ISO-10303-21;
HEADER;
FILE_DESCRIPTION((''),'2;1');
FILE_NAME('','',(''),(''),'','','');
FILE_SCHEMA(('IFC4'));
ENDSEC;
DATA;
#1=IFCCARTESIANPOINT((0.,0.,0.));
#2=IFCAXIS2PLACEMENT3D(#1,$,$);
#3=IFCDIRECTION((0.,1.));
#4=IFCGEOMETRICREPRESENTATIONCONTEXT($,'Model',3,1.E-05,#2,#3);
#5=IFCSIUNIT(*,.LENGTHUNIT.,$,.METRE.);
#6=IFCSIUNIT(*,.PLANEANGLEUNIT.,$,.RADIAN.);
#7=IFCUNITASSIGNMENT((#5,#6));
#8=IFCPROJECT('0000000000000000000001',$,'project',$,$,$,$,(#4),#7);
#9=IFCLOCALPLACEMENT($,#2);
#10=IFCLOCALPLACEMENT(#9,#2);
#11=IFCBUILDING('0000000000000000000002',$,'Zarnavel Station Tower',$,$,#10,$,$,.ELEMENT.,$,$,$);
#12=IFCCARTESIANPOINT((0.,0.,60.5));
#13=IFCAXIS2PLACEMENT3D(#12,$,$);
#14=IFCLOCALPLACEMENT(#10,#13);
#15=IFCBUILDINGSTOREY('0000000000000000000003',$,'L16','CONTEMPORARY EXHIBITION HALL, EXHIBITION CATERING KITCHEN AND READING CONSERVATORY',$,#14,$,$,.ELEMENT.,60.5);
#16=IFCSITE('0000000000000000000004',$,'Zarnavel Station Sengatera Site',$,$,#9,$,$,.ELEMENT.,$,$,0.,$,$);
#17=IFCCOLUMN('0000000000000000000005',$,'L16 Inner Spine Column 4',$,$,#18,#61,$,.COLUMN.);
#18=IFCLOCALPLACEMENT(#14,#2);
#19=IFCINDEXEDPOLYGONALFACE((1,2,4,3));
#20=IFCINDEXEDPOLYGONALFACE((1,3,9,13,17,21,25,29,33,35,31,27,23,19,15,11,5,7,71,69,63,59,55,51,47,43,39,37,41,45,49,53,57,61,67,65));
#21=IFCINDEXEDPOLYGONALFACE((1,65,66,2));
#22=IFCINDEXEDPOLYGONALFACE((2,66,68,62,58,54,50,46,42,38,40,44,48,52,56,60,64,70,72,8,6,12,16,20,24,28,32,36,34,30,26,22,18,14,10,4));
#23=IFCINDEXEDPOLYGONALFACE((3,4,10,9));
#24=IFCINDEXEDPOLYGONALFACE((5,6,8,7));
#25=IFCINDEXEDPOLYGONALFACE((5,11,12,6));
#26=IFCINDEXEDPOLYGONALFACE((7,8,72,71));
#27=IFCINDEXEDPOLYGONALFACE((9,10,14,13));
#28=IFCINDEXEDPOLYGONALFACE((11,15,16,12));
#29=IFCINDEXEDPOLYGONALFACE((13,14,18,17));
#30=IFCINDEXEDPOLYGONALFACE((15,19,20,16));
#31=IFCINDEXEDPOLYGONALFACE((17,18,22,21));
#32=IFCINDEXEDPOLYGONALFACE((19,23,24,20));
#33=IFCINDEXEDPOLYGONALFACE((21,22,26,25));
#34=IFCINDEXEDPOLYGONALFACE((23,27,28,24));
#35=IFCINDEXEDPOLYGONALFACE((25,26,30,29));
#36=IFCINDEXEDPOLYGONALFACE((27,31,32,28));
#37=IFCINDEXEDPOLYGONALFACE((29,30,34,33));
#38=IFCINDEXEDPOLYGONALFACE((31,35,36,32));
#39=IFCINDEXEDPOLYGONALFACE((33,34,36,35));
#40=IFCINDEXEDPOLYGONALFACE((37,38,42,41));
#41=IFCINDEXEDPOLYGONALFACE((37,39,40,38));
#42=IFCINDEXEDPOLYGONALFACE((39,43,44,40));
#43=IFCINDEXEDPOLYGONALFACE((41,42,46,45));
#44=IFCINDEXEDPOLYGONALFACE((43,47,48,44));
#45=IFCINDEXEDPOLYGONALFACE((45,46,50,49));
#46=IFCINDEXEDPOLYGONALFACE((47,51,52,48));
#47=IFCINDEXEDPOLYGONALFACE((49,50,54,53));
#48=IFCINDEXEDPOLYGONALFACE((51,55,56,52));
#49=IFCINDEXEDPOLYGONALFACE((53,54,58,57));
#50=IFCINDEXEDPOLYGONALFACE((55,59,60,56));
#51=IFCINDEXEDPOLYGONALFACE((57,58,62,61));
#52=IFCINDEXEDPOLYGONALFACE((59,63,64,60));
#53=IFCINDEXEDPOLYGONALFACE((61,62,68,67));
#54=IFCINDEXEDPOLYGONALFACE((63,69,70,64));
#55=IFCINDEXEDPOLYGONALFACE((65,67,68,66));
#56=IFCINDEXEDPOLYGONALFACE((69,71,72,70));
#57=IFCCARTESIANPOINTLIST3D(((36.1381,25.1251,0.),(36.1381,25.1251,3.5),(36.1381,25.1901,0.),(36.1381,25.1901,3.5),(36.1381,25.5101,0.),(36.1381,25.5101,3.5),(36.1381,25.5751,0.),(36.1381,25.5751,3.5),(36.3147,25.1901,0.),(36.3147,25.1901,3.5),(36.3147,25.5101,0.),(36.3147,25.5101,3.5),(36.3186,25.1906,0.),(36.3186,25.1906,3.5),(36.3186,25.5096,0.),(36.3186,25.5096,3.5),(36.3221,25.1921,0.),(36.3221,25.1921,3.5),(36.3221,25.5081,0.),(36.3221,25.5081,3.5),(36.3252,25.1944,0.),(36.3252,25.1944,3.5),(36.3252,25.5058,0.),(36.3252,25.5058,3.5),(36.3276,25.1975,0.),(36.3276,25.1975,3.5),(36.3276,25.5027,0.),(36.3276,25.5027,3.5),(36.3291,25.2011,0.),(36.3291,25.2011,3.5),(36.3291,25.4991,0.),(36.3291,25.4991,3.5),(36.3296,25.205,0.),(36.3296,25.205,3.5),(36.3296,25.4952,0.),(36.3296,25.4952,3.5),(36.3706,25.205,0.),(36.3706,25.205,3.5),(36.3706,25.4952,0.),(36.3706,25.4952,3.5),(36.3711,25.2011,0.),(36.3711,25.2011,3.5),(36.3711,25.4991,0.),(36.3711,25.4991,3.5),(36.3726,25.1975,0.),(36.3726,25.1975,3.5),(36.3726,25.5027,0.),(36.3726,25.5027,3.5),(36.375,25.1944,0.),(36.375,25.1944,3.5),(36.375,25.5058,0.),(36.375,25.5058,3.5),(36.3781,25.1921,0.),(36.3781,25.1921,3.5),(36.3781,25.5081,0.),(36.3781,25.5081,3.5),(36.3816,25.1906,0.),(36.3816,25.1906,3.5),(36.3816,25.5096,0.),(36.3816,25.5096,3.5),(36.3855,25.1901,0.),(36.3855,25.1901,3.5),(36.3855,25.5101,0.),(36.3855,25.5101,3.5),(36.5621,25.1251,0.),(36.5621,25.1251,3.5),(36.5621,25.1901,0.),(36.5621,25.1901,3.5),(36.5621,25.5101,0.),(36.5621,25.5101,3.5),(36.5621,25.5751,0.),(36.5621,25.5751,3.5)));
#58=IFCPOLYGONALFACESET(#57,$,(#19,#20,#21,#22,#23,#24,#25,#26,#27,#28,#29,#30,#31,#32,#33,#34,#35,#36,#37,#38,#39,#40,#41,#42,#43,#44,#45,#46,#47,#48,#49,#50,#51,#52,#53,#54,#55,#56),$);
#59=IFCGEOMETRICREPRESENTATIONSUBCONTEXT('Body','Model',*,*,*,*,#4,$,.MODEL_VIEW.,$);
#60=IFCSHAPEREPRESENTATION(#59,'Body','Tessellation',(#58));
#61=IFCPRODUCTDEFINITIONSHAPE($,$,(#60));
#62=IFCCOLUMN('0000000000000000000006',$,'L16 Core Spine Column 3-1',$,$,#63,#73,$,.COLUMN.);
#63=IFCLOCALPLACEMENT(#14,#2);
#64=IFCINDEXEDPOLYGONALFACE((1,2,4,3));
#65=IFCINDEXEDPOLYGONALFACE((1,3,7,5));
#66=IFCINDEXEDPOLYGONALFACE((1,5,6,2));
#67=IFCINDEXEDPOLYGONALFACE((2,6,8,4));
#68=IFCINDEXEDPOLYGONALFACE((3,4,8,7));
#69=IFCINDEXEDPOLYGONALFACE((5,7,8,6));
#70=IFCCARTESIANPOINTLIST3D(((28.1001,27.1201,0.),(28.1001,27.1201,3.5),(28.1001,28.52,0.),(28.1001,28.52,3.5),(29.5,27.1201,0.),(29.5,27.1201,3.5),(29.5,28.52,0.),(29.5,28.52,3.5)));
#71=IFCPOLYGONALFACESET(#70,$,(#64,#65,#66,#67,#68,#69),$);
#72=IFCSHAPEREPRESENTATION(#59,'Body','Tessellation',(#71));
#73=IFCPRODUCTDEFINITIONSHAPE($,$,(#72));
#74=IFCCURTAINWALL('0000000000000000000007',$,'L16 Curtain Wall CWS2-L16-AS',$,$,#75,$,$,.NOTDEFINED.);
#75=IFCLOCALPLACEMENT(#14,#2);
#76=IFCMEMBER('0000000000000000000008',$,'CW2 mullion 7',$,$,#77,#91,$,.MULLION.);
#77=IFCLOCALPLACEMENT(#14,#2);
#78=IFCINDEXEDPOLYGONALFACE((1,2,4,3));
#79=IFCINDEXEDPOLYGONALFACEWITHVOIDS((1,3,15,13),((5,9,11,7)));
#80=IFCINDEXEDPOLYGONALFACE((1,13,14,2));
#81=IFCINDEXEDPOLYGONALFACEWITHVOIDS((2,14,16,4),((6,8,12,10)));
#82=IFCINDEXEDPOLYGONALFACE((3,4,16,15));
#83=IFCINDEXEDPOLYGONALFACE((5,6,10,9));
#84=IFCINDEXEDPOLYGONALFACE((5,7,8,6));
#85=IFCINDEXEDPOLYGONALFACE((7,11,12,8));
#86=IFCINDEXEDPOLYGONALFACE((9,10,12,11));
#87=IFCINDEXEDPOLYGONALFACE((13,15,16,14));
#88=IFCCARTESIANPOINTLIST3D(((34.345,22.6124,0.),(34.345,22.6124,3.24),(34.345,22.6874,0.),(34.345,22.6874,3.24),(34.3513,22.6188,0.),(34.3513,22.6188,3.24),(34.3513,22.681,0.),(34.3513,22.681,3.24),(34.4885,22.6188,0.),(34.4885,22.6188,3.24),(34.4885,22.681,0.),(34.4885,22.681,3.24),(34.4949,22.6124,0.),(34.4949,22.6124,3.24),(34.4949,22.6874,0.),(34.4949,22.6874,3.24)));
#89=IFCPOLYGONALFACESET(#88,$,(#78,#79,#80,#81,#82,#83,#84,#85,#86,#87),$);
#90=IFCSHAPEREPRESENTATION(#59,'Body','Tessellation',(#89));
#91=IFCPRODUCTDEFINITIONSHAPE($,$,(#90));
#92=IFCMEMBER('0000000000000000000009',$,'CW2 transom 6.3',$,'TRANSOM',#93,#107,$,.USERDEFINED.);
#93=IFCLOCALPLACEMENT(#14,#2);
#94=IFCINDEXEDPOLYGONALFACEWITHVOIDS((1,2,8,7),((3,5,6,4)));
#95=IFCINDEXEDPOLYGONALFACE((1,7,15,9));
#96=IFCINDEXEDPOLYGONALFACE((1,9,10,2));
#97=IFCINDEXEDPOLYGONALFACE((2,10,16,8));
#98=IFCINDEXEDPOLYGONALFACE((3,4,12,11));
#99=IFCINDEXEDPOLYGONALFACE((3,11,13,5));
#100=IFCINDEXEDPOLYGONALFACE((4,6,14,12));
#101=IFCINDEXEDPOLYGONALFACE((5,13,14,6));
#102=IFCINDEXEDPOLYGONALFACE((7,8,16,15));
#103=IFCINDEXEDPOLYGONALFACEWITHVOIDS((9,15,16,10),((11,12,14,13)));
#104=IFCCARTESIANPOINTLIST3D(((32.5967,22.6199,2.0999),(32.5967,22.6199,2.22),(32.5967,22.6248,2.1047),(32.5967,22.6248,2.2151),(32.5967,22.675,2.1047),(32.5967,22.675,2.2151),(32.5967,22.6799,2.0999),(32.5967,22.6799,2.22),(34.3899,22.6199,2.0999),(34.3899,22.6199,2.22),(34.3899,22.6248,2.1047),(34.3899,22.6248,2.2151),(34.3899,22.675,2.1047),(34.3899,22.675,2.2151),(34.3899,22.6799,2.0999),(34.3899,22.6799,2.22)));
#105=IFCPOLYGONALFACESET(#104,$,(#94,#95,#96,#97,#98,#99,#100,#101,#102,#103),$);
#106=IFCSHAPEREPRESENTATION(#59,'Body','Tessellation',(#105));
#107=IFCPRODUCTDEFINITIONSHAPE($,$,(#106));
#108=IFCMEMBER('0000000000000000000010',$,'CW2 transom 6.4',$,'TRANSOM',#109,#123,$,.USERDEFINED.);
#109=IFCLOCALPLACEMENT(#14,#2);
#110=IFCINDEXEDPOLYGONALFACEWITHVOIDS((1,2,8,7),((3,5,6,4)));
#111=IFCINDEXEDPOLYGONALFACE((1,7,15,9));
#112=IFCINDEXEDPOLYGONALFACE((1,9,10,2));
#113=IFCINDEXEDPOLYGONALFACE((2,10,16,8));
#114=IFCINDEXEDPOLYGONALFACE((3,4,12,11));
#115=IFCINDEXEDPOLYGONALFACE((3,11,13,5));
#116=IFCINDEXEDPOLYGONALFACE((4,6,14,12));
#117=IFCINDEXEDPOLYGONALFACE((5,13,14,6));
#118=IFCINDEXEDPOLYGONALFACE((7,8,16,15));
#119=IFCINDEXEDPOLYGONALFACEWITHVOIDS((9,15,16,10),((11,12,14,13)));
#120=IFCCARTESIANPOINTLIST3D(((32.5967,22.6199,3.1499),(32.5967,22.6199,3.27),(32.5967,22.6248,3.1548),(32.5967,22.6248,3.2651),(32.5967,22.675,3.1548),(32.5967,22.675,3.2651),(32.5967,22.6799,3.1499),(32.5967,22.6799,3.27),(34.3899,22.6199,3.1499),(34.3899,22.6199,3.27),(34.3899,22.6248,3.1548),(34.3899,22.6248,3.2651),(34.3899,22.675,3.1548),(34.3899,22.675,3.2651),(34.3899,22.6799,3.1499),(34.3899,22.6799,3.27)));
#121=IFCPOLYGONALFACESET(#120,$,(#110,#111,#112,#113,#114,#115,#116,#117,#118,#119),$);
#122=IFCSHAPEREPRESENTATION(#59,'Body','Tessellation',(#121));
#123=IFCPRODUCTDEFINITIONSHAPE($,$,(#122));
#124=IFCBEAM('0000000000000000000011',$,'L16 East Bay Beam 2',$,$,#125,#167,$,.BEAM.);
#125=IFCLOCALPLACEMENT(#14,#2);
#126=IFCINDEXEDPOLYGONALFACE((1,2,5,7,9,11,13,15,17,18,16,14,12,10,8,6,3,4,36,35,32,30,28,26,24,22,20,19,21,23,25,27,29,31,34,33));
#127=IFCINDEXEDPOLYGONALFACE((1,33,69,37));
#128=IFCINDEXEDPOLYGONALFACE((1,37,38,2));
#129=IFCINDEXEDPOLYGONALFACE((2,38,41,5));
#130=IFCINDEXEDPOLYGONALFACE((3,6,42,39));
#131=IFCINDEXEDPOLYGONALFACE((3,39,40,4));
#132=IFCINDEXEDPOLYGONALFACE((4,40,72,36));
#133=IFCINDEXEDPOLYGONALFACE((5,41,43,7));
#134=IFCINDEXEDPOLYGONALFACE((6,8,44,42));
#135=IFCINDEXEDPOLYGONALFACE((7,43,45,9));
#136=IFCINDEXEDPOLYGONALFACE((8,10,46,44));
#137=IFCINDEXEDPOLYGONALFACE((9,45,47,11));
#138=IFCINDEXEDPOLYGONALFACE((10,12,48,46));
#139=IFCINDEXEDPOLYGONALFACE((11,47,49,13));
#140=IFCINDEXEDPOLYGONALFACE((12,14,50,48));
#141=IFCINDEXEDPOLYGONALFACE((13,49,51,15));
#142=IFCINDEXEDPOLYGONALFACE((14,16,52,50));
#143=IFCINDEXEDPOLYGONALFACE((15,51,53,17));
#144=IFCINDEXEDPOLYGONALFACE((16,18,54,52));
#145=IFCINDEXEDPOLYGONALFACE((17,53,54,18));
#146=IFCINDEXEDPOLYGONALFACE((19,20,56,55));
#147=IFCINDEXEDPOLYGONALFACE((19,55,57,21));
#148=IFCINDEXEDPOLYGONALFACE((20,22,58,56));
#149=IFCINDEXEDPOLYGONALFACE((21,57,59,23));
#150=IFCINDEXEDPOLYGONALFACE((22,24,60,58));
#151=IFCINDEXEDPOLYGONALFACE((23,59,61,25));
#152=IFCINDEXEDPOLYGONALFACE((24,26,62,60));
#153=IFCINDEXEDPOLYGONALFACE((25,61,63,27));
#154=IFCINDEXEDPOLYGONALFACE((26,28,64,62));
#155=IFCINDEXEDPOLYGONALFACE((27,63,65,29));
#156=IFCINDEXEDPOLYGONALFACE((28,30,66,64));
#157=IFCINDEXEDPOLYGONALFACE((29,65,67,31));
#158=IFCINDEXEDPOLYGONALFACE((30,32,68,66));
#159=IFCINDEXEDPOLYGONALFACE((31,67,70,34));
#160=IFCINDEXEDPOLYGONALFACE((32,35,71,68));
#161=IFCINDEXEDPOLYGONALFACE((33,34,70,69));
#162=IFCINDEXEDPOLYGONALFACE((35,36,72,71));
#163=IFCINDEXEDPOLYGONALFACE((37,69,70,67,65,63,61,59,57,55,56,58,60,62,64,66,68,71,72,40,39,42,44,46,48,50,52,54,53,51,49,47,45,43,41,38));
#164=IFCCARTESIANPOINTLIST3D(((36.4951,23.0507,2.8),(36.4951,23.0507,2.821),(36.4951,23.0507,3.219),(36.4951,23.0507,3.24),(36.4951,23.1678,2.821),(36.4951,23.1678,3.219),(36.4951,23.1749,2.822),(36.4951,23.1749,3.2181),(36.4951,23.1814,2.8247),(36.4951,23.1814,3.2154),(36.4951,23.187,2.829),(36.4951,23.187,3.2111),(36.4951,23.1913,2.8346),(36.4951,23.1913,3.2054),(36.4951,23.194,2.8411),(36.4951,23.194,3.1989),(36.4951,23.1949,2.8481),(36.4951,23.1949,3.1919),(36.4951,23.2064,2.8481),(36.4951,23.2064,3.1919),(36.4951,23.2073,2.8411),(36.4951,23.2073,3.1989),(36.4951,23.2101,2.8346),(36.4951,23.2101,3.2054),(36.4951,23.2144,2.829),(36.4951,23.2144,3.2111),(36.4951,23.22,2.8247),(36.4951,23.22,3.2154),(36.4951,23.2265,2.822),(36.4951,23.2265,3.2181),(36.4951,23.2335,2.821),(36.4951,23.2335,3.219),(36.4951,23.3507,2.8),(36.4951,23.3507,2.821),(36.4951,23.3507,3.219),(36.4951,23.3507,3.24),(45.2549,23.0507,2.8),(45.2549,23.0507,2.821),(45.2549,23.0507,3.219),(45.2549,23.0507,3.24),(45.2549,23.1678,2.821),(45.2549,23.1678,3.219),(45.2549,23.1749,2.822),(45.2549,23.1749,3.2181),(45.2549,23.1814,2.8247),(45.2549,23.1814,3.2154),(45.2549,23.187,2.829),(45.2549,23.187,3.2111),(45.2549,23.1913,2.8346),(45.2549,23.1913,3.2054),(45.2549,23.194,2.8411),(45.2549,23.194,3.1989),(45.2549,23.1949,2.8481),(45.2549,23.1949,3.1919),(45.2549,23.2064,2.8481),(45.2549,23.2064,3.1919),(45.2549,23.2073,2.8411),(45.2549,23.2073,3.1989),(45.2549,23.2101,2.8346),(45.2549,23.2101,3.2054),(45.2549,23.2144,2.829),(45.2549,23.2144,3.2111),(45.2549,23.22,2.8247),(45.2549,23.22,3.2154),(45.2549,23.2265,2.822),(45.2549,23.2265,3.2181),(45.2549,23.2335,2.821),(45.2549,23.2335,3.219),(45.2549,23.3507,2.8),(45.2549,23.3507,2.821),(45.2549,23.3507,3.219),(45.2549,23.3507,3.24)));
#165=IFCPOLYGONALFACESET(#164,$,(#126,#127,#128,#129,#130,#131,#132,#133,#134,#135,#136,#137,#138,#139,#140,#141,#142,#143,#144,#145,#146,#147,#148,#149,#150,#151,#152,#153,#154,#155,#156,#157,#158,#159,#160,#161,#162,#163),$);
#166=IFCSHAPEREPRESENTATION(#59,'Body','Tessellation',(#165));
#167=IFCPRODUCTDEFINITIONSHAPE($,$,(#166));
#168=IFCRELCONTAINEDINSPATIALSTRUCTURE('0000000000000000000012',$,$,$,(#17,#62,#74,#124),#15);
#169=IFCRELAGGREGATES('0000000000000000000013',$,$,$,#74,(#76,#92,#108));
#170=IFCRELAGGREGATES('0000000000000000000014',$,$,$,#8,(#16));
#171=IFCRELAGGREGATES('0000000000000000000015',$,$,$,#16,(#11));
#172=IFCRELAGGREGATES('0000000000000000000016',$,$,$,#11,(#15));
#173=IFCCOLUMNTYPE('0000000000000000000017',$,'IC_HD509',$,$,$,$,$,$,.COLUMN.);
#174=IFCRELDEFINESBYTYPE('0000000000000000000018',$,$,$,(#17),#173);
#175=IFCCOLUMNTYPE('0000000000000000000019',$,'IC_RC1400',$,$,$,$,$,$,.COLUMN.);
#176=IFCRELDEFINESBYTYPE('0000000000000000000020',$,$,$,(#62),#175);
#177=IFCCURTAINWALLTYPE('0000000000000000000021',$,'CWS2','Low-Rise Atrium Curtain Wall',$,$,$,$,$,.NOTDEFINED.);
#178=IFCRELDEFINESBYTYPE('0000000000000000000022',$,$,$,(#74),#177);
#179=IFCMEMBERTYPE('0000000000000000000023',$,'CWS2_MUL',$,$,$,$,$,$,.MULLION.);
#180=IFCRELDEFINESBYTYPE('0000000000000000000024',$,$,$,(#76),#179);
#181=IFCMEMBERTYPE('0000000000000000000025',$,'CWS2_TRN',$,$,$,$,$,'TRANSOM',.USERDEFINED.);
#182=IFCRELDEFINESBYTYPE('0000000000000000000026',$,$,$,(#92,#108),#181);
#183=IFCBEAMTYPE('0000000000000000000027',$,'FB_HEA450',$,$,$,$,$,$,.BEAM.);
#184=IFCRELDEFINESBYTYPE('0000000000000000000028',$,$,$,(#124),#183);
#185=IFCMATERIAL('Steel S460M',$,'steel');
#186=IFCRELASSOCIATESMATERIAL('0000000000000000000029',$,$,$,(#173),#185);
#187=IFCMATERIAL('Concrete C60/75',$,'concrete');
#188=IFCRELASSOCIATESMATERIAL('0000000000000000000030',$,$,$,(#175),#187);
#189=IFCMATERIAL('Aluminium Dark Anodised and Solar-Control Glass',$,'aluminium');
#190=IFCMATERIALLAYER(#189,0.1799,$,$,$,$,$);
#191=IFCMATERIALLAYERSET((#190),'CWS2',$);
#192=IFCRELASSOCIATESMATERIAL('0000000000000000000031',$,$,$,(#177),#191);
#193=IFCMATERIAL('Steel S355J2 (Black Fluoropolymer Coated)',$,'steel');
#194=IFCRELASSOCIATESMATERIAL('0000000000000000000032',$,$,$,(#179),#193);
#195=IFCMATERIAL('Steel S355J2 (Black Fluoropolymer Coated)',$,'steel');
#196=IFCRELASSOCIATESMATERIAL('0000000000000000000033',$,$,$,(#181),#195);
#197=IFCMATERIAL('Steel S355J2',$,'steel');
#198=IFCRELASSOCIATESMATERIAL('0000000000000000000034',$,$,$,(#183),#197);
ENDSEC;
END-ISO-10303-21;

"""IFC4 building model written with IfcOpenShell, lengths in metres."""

from ifc_helpers import new_model, si_unit, direction, frame, origin, origin_2d, place, context, subcontext, project, spatial, rectangle, hollow_rectangle, i_section, extrude, material, layer, layer_set, material_profile, profile_set, type_object, element, aggregate, save


model = new_model("IFC4")

# Units and contexts
model_context = context("Model", 3, precision=1e-05, world=origin(), true_north=direction((0.0, 1.0)))
body_context = subcontext(model_context, "Body", "Model", "MODEL_VIEW")
ifc_project = project(units=[si_unit("LENGTHUNIT", "METRE"), si_unit("PLANEANGLEUNIT", "RADIAN")], contexts=[model_context])

# Site, building, storey
site_placement = place(None, origin())
site = spatial("IfcSite", under=ifc_project, at=site_placement, Name="Zarnavel Station Sengatera Site", CompositionType="ELEMENT", RefElevation=0.0)
building_placement = place(site_placement, origin())
building = spatial("IfcBuilding", under=site, at=building_placement, Name="Zarnavel Station Tower", CompositionType="ELEMENT")
storey_placement = place(building_placement, frame((0.0, 0.0, 60.5)))
storey = spatial("IfcBuildingStorey", under=building, at=storey_placement, Name="L16", Description="CONTEMPORARY EXHIBITION HALL, EXHIBITION CATERING KITCHEN AND READING CONSERVATORY", CompositionType="ELEMENT", Elevation=60.5)

# Columns
ifc_material_1 = material(Name="Steel S460M", Category="steel")
ifc_material_profile_1 = material_profile(ifc_material_1, i_section(OverallWidth=0.4241, OverallDepth=0.45, WebThickness=0.041, FlangeThickness=0.0649, FilletRadius=0.0149, at=origin_2d()), Name="HD400x509")
ifc_profile_set_1 = profile_set([ifc_material_profile_1], Name="Steel S460M")
column_type_1 = type_object("IfcColumnType", Name="IC_HD509", PredefinedType="COLUMN", material=ifc_profile_set_1)
column_1_placement = place(storey_placement, frame((36.3501, 25.3501, 0.0), z_axis=(0.0, 0.0, 1.0), x_axis=(1.0, 0.0, 0.0)))
element("IfcColumn", 1, at=column_1_placement, inside=storey, type_object=column_type_1, Name="L16 Inner Spine Column 4", PredefinedType="COLUMN", context=body_context, shape_type="SweptSolid", body=[
    extrude(i_section(OverallWidth=0.4241, OverallDepth=0.45, WebThickness=0.041, FlangeThickness=0.0649, FilletRadius=0.0149, at=origin_2d()), origin(), (0.0, 0.0, 1.0), 3.5),
])
ifc_material_2 = material(Name="Concrete C60/75", Category="concrete")
ifc_material_profile_2 = material_profile(ifc_material_2, rectangle(XDim=1.3999, YDim=1.3999, at=origin_2d()), Name="RC1400x1400")
ifc_profile_set_2 = profile_set([ifc_material_profile_2], Name="Concrete C60/75")
column_type_2 = type_object("IfcColumnType", Name="IC_RC1400", PredefinedType="COLUMN", material=ifc_profile_set_2)
column_2_placement = place(storey_placement, frame((28.8, 27.8201, 0.0), z_axis=(0.0, 0.0, 1.0), x_axis=(1.0, 0.0, 0.0)))
element("IfcColumn", 2, at=column_2_placement, inside=storey, type_object=column_type_2, Name="L16 Core Spine Column 3-1", PredefinedType="COLUMN", context=body_context, shape_type="SweptSolid", body=[
    extrude(rectangle(XDim=1.3999, YDim=1.3999, at=origin_2d()), origin(), (0.0, 0.0, 1.0), 3.5),
])

# Curtain wall, members
ifc_material_3 = material(Name="Aluminium Dark Anodised and Solar-Control Glass", Category="aluminium")
ifc_layer_1 = layer(ifc_material_3, 0.1799)
ifc_layer_set_1 = layer_set([ifc_layer_1], Name="CWS2")
curtain_wall_type = type_object("IfcCurtainWallType", Name="CWS2", Description="Low-Rise Atrium Curtain Wall", PredefinedType="NOTDEFINED", material=ifc_layer_set_1)
curtain_wall_placement = place(storey_placement, origin())
curtain_wall = element("IfcCurtainWall", 3, at=curtain_wall_placement, inside=storey, type_object=curtain_wall_type, Name="L16 Curtain Wall CWS2-L16-AS", PredefinedType="NOTDEFINED")
ifc_material_4 = material(Name="Steel S355J2 (Black Fluoropolymer Coated)", Category="steel")
ifc_material_profile_3 = material_profile(ifc_material_4, hollow_rectangle(XDim=0.075, YDim=0.1499, WallThickness=0.0063, at=origin_2d()), Name="RHS150x75x6.3")
ifc_profile_set_3 = profile_set([ifc_material_profile_3], Name="Steel S355J2 (Black Fluoropolymer Coated)")
member_type_1 = type_object("IfcMemberType", Name="CWS2_MUL", PredefinedType="MULLION", material=ifc_profile_set_3)
member_1_placement = place(storey_placement, frame((34.4199, 22.6499, 0.0), z_axis=(0.0, 0.0, 1.0), x_axis=(0.0, 1.0, 0.0)))
member_1 = element("IfcMember", 4, at=member_1_placement, type_object=member_type_1, Name="CW2 mullion 7", PredefinedType="MULLION", context=body_context, shape_type="SweptSolid", body=[
    extrude(hollow_rectangle(XDim=0.075, YDim=0.1499, WallThickness=0.0063, at=origin_2d()), origin(), (0.0, 0.0, 1.0), 3.24),
])
ifc_material_5 = material(Name="Steel S355J2 (Black Fluoropolymer Coated)", Category="steel")
ifc_material_profile_4 = material_profile(ifc_material_5, hollow_rectangle(XDim=0.0601, YDim=0.1201, WallThickness=0.0049, at=origin_2d()), Name="RHS120x60x5")
ifc_profile_set_4 = profile_set([ifc_material_profile_4], Name="Steel S355J2 (Black Fluoropolymer Coated)")
member_type_2 = type_object("IfcMemberType", Name="CWS2_TRN", ElementType="TRANSOM", PredefinedType="USERDEFINED", material=ifc_profile_set_4)
member_2_placement = place(storey_placement, frame((32.5967, 22.6499, 2.1599), z_axis=(1.0, 0.0, 0.0), x_axis=(0.0, 1.0, 0.0)))
member_2 = element("IfcMember", 5, at=member_2_placement, type_object=member_type_2, Name="CW2 transom 6.3", ObjectType="TRANSOM", PredefinedType="USERDEFINED", context=body_context, shape_type="SweptSolid", body=[
    extrude(hollow_rectangle(XDim=0.0601, YDim=0.1201, WallThickness=0.0049, at=origin_2d()), origin(), (0.0, 0.0, 1.0), 1.7932),
])
member_3_placement = place(storey_placement, frame((32.5967, 22.6499, 3.21), z_axis=(1.0, 0.0, 0.0), x_axis=(0.0, 1.0, 0.0)))
member_3 = element("IfcMember", 6, at=member_3_placement, type_object=member_type_2, Name="CW2 transom 6.4", ObjectType="TRANSOM", PredefinedType="USERDEFINED", context=body_context, shape_type="SweptSolid", body=[
    extrude(hollow_rectangle(XDim=0.0601, YDim=0.1201, WallThickness=0.0049, at=origin_2d()), origin(), (0.0, 0.0, 1.0), 1.7932),
])

# Beam
ifc_material_6 = material(Name="Steel S355J2", Category="steel")
ifc_material_profile_5 = material_profile(ifc_material_6, i_section(OverallWidth=0.3, OverallDepth=0.4399, WebThickness=0.0115, FlangeThickness=0.021, FilletRadius=0.0271, at=origin_2d()), Name="HEA450")
ifc_profile_set_5 = profile_set([ifc_material_profile_5], Name="Steel S355J2")
beam_type_1 = type_object("IfcBeamType", Name="FB_HEA450", PredefinedType="BEAM", material=ifc_profile_set_5)
beam_1_placement = place(storey_placement, frame((36.4951, 23.2007, 3.02), z_axis=(1.0, 0.0, 0.0), x_axis=(0.0, 1.0, 0.0)))
element("IfcBeam", 7, at=beam_1_placement, inside=storey, type_object=beam_type_1, Name="L16 East Bay Beam 2", PredefinedType="BEAM", context=body_context, shape_type="SweptSolid", body=[
    extrude(i_section(OverallWidth=0.3, OverallDepth=0.4399, WebThickness=0.0115, FlangeThickness=0.021, FilletRadius=0.0271, at=origin_2d()), origin(), (0.0, 0.0, 1.0), 8.7598),
])

aggregate(curtain_wall, [member_1, member_2, member_3])

save(model, "model.ifc")
